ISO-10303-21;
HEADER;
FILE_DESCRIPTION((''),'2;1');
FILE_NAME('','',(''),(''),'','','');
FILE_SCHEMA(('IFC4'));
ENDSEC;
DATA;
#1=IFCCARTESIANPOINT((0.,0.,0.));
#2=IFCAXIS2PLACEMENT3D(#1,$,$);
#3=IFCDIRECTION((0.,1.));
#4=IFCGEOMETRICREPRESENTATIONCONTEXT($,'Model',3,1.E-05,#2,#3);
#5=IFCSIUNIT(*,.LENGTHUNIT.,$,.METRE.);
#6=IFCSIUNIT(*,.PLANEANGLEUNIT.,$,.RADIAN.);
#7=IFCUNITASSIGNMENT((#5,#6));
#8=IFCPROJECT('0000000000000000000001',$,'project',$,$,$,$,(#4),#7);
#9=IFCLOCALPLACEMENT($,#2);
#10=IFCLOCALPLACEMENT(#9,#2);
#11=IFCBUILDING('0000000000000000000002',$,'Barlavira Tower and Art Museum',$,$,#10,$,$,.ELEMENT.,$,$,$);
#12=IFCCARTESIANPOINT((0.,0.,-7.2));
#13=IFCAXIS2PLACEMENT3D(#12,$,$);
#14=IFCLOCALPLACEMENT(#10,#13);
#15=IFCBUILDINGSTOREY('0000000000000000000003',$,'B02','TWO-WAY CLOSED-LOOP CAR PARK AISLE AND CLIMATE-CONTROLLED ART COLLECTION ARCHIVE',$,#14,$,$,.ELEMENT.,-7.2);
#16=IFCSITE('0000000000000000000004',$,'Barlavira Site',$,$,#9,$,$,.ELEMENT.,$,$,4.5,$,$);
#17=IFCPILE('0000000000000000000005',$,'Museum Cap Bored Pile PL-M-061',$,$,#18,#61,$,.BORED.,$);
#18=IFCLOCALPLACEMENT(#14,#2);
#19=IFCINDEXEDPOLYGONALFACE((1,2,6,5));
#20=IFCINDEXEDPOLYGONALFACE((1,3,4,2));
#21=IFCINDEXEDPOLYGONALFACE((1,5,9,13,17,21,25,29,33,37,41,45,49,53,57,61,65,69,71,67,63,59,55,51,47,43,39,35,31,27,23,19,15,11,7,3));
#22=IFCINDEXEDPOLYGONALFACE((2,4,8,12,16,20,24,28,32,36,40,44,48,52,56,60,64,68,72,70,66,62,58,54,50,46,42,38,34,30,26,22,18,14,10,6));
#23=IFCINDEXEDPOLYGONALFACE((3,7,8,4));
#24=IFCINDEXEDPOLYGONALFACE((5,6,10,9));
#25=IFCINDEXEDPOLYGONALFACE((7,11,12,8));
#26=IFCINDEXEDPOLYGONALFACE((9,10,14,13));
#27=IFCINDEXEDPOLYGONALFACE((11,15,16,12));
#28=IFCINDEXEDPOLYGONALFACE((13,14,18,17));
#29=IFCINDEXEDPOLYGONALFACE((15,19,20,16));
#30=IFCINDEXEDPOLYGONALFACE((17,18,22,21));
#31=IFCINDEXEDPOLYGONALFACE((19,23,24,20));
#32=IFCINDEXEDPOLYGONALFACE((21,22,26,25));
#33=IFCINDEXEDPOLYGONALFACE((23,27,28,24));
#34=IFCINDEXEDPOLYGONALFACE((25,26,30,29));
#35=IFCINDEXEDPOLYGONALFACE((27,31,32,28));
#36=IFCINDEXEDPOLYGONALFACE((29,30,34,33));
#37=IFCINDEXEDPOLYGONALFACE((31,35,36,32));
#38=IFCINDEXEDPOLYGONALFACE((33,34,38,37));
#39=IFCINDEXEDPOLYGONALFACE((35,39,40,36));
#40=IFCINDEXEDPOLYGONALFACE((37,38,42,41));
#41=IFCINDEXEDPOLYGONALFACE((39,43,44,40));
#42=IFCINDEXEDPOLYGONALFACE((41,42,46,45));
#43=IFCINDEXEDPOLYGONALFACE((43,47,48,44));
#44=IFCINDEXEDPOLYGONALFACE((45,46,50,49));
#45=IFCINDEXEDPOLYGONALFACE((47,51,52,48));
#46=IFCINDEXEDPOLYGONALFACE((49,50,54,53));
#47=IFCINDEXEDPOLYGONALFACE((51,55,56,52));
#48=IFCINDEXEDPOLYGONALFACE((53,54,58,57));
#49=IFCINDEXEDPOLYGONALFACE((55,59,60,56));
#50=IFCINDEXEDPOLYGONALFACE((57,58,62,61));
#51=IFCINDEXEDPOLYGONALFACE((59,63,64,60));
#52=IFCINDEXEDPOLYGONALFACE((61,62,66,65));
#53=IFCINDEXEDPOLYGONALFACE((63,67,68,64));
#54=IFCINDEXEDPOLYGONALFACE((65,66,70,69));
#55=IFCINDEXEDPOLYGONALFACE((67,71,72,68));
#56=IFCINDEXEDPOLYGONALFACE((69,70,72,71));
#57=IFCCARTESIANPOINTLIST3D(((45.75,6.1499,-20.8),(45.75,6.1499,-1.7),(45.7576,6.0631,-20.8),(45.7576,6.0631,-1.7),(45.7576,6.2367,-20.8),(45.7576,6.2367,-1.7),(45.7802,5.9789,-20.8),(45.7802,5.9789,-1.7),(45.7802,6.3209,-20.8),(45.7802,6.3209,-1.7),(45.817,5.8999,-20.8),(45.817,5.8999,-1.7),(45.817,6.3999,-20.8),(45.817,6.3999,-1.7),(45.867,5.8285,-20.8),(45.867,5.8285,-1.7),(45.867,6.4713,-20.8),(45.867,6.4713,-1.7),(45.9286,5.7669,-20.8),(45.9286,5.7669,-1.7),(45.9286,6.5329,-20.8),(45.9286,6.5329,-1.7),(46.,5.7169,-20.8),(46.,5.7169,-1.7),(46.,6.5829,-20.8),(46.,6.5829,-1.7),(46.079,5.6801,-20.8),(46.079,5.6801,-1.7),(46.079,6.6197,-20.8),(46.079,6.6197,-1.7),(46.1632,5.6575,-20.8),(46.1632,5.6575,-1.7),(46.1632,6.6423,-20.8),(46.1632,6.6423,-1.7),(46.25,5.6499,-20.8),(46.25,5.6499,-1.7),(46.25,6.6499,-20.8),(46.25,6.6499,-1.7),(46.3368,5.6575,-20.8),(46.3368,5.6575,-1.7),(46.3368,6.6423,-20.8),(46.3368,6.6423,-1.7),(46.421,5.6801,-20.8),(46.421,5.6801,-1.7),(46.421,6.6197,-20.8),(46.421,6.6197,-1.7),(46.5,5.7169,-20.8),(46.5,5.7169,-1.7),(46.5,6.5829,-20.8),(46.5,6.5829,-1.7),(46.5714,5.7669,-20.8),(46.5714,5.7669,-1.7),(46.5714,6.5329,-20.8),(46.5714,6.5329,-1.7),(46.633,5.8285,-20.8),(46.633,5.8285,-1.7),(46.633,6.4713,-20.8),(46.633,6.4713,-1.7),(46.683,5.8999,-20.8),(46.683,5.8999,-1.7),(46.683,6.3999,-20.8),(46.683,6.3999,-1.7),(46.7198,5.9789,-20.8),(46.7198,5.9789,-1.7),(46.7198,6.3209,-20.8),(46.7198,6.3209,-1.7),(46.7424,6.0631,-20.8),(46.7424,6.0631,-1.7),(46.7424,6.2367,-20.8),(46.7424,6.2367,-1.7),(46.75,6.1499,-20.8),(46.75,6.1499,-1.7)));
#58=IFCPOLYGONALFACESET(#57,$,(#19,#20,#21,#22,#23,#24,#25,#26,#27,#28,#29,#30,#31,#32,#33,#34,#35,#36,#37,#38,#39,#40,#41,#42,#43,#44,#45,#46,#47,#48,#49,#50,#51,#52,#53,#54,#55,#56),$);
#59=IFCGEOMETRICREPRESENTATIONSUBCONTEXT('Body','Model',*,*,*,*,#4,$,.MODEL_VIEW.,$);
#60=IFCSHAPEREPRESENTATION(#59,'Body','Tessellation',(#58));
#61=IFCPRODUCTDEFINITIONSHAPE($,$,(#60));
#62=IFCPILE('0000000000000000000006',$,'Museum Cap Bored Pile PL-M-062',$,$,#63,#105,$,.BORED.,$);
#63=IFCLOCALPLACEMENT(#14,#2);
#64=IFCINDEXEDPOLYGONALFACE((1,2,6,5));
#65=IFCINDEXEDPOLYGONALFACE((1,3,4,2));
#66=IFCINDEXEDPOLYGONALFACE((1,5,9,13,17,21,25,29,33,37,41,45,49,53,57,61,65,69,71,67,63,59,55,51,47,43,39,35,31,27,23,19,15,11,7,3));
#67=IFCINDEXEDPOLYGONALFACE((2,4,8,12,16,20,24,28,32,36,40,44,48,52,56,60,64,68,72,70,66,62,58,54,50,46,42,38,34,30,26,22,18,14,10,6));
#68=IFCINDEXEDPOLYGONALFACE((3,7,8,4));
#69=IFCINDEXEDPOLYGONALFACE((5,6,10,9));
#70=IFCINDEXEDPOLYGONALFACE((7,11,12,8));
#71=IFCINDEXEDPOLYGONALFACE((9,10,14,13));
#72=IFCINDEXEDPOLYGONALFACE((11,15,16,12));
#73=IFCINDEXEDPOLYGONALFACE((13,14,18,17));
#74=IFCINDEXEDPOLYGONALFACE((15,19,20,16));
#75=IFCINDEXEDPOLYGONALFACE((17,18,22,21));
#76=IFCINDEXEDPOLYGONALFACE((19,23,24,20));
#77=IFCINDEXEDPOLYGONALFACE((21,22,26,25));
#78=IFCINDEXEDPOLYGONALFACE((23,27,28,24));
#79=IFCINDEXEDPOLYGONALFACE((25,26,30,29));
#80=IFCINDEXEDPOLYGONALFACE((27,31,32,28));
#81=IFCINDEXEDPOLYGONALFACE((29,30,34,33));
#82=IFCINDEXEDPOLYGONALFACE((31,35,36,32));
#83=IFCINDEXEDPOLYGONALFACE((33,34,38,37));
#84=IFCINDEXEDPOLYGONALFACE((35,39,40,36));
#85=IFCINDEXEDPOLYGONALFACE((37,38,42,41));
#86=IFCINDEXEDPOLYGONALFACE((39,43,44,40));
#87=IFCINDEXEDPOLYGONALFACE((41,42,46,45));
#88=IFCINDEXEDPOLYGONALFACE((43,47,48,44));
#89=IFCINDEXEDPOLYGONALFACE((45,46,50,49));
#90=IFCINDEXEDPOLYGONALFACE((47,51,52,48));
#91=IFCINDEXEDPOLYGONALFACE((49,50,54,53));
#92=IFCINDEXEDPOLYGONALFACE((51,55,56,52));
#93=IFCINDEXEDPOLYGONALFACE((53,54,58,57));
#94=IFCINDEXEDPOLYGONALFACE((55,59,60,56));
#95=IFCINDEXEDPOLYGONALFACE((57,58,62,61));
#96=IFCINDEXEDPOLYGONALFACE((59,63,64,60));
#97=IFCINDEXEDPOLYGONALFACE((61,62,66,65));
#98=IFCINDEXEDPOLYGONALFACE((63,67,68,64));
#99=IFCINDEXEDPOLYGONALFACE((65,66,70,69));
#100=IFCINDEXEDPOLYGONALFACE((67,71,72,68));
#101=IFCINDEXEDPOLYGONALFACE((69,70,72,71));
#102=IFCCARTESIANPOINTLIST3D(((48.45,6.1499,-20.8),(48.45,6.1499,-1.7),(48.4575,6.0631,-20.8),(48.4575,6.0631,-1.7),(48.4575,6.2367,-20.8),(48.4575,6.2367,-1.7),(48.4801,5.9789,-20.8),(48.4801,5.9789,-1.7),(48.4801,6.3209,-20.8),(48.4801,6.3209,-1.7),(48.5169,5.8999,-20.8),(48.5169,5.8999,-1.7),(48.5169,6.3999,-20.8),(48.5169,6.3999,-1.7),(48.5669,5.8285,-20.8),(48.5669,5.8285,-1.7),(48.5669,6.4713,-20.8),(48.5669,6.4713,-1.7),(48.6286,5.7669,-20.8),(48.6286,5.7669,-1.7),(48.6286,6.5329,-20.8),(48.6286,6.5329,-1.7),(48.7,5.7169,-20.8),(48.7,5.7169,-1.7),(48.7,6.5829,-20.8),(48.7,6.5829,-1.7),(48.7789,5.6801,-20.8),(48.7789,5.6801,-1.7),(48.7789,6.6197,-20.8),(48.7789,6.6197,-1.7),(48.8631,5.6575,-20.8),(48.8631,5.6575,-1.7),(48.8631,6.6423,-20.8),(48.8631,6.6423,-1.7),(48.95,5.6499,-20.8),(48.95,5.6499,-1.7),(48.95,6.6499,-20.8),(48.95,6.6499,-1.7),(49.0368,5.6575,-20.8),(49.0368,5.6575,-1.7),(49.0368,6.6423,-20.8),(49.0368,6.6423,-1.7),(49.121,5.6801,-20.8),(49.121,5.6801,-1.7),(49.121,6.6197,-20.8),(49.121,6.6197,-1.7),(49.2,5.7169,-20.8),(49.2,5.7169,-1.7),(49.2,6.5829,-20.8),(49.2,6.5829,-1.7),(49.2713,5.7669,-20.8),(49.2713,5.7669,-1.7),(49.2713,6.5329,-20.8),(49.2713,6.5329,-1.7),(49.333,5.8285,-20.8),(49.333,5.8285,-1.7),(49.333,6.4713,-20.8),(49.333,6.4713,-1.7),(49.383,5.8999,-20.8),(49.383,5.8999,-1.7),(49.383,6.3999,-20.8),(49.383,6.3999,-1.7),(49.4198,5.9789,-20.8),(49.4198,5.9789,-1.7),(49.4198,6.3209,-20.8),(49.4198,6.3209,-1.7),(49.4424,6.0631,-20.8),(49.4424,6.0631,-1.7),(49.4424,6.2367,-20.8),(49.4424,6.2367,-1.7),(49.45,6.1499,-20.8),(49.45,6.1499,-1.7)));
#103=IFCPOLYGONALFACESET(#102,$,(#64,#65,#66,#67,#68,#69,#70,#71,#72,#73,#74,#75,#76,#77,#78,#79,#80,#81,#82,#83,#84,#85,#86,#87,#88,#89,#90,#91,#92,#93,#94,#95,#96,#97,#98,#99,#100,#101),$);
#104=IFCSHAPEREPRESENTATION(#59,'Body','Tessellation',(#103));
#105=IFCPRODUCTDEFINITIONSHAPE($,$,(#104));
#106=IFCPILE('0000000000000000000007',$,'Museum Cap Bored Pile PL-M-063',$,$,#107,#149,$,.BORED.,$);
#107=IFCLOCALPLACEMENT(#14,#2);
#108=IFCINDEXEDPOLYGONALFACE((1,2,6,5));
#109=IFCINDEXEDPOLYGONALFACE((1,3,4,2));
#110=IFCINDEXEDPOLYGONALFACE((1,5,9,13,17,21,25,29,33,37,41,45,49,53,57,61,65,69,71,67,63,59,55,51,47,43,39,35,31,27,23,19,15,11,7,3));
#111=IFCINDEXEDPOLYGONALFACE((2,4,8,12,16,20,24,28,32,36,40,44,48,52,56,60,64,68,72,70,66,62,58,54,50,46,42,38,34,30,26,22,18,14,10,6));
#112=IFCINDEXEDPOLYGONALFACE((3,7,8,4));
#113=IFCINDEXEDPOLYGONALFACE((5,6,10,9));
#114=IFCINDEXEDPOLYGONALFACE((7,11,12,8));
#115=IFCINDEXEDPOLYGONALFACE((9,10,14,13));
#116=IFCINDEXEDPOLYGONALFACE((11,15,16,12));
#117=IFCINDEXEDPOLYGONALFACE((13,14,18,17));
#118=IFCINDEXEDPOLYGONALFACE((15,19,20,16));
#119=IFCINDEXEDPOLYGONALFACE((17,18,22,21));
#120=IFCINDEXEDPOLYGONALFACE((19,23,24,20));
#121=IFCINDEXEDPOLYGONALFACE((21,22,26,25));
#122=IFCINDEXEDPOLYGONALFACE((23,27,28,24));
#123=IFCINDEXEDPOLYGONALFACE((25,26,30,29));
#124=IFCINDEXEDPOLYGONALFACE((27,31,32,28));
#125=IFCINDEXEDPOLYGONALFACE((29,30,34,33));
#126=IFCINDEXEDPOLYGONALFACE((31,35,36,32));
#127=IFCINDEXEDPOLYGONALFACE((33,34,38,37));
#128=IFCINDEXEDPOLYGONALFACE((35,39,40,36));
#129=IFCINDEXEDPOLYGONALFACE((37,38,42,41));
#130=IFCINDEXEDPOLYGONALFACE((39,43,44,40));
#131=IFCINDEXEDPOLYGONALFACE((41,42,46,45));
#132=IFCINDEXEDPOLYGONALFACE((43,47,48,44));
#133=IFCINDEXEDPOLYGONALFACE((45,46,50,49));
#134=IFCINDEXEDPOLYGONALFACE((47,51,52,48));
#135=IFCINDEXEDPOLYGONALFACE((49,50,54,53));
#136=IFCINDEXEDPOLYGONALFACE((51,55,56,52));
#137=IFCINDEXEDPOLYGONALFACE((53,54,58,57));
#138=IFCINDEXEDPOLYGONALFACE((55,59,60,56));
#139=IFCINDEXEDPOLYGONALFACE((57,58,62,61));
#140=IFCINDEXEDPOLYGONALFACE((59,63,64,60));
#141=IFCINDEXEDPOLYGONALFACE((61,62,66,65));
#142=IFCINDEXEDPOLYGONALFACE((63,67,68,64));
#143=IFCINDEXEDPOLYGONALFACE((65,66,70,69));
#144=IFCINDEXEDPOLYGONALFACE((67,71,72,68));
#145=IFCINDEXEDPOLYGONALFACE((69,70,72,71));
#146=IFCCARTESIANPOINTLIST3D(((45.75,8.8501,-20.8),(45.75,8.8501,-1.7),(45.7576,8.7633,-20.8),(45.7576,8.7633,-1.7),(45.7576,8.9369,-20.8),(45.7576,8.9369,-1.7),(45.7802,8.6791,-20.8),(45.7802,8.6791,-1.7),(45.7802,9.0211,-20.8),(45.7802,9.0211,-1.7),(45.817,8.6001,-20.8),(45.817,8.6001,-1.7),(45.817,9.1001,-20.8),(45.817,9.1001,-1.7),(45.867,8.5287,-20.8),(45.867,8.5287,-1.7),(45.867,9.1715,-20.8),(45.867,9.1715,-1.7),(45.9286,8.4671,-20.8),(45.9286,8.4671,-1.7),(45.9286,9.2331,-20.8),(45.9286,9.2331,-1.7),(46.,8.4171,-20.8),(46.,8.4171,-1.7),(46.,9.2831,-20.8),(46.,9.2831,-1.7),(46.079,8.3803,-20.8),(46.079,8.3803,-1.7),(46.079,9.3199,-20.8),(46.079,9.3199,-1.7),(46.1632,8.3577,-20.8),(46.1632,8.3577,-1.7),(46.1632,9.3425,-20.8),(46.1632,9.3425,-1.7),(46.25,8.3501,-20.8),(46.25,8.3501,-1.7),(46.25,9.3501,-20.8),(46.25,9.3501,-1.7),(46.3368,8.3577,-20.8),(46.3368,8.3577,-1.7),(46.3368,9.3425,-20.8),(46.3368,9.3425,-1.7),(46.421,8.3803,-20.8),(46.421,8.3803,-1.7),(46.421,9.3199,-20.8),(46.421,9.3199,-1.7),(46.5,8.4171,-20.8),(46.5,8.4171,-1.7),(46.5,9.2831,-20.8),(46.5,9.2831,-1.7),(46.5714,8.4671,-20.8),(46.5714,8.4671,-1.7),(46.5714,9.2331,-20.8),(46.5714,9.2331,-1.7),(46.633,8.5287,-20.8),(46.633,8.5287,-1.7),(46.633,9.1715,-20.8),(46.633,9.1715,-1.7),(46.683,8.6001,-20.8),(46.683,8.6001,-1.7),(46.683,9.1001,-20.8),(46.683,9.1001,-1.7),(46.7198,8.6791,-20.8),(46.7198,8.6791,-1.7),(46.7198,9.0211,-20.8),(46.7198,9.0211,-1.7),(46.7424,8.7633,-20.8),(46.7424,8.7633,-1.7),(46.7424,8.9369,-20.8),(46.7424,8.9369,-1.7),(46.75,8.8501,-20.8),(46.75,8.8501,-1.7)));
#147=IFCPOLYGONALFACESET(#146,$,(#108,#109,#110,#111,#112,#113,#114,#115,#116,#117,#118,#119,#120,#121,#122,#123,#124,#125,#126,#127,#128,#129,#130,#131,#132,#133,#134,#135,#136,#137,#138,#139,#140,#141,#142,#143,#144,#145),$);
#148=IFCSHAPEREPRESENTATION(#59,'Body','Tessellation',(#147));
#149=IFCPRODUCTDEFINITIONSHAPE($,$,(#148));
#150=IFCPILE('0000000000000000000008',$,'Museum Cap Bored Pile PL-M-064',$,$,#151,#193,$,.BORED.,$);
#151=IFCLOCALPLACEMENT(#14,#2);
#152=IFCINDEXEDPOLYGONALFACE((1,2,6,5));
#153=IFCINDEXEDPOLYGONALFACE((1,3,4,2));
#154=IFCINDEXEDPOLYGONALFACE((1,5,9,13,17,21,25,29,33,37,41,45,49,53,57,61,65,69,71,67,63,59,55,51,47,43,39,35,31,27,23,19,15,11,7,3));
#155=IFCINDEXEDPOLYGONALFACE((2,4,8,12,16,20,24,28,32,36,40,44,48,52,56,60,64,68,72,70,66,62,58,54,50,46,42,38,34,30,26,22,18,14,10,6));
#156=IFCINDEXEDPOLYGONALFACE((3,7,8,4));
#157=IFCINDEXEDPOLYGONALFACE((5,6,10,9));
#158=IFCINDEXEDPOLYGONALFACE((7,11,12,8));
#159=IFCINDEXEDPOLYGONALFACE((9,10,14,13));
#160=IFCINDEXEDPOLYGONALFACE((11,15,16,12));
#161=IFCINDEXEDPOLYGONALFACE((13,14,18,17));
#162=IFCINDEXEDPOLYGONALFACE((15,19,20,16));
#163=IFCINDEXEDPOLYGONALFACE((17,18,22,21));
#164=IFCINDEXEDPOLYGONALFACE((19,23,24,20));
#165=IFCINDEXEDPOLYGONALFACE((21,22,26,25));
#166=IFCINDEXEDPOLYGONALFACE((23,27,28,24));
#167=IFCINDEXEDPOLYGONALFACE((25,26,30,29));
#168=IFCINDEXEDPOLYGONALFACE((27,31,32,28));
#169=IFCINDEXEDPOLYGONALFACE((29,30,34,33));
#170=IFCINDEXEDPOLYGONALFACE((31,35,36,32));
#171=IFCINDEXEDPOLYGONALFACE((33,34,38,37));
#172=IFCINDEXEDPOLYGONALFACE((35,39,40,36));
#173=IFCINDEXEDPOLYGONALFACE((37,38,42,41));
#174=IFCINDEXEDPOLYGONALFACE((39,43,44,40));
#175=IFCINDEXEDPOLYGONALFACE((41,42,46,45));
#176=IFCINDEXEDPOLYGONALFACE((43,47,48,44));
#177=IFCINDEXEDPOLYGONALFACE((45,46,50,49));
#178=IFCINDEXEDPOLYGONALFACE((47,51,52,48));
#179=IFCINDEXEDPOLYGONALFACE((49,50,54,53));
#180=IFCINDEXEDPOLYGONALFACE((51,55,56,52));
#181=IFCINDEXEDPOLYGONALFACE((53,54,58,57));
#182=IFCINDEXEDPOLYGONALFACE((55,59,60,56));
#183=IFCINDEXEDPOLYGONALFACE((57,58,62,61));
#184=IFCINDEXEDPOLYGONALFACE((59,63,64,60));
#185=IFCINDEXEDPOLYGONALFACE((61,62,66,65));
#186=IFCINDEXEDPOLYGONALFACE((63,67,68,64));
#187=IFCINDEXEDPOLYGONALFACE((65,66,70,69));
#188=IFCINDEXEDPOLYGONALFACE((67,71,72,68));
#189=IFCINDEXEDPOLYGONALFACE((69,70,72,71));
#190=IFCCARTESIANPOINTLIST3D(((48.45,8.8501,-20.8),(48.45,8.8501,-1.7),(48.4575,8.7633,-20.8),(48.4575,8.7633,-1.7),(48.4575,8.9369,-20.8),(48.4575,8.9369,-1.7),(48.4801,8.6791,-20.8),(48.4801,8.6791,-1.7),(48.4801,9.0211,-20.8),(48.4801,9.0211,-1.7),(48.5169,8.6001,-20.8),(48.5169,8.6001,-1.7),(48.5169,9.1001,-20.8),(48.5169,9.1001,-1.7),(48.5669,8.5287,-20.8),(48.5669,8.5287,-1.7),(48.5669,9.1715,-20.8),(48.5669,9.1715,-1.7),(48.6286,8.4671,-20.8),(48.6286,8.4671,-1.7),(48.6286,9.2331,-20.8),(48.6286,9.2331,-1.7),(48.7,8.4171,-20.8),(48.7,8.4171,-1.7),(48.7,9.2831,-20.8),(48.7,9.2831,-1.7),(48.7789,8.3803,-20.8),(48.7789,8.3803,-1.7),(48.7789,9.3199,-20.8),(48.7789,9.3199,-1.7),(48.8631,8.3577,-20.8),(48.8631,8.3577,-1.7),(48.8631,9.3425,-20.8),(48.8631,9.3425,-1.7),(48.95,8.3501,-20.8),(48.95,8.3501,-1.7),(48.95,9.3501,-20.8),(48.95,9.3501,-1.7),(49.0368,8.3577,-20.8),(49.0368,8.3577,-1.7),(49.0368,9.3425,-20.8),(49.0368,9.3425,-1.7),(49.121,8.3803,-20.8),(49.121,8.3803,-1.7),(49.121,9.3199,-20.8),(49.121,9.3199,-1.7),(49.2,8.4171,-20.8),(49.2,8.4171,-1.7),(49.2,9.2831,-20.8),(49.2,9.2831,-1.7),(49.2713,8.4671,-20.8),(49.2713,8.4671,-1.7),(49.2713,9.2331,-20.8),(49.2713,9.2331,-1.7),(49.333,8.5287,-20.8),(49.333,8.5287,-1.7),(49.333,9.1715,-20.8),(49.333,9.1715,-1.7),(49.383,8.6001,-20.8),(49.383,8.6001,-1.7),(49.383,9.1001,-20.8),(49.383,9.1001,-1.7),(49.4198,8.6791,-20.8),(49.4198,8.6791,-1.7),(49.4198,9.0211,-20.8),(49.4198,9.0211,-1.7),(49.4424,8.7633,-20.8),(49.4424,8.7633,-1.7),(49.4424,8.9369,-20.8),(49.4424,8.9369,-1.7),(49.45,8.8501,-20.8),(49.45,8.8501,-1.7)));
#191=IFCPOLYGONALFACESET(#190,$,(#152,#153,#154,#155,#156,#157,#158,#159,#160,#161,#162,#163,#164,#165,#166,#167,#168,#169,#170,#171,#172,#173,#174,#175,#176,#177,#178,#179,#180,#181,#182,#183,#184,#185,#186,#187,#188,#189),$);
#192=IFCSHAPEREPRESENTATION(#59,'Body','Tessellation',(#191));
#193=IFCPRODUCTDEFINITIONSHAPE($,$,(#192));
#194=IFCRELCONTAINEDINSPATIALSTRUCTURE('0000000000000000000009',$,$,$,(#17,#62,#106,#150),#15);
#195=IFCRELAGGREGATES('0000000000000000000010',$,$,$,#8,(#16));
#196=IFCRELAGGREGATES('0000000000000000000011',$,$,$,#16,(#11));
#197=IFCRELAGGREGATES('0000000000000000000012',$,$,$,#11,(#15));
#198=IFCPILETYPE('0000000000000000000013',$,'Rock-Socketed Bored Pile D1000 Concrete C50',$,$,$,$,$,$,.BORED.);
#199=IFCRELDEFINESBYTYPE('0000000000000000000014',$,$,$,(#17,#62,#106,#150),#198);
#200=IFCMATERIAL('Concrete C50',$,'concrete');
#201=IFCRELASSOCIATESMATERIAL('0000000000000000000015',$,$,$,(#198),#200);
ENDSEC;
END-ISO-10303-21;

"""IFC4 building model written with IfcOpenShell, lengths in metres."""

from ifc_helpers import new_model, si_unit, direction, frame, origin, origin_2d, place, context, subcontext, project, spatial, circle, extrude, material, material_profile, profile_set, type_object, element, save


model = new_model("IFC4")

# Units and contexts
model_context = context("Model", 3, precision=1e-05, world=origin(), true_north=direction((0.0, 1.0)))
body_context = subcontext(model_context, "Body", "Model", "MODEL_VIEW")
ifc_project = project(units=[si_unit("LENGTHUNIT", "METRE"), si_unit("PLANEANGLEUNIT", "RADIAN")], contexts=[model_context])

# Site, building, storey
site_placement = place(None, origin())
site = spatial("IfcSite", under=ifc_project, at=site_placement, Name="Barlavira Site", CompositionType="ELEMENT", RefElevation=4.5)
building_placement = place(site_placement, origin())
building = spatial("IfcBuilding", under=site, at=building_placement, Name="Barlavira Tower and Art Museum", CompositionType="ELEMENT")
storey_placement = place(building_placement, frame((0.0, 0.0, -7.2)))
storey = spatial("IfcBuildingStorey", under=building, at=storey_placement, Name="B02", Description="TWO-WAY CLOSED-LOOP CAR PARK AISLE AND CLIMATE-CONTROLLED ART COLLECTION ARCHIVE", CompositionType="ELEMENT", Elevation=-7.2)

# Shared definitions
ifc_material = material(Name="Concrete C50", Category="concrete")

# Piles
ifc_material_profile_1 = material_profile(ifc_material, circle(Radius=0.5, at=origin_2d()), Name="BORED PILE D1000")
ifc_profile_set_1 = profile_set([ifc_material_profile_1], Name="Concrete C50")
pile_type = type_object("IfcPileType", Name="Rock-Socketed Bored Pile D1000 Concrete C50", PredefinedType="BORED", material=ifc_profile_set_1)
for number, where, z_axis, x_axis, name in (
    (1, (46.25, 6.1499, -1.7), (0.0, 0.0, -1.0), (1.0, 0.0, 0.0), "Museum Cap Bored Pile PL-M-061"),
    (2, (48.95, 6.1499, -1.7), (0.0, 0.0, -1.0), (1.0, 0.0, 0.0), "Museum Cap Bored Pile PL-M-062"),
    (3, (46.25, 8.8501, -1.7), (0.0, 0.0, -1.0), (1.0, 0.0, 0.0), "Museum Cap Bored Pile PL-M-063"),
    (4, (48.95, 8.8501, -1.7), (0.0, 0.0, -1.0), (1.0, 0.0, 0.0), "Museum Cap Bored Pile PL-M-064"),
):
    element("IfcPile", number, at=place(storey_placement, frame(where, z_axis=z_axis, x_axis=x_axis)), inside=storey, type_object=pile_type, Name=name, PredefinedType="BORED", context=body_context, shape_type="SweptSolid", body=[
        extrude(circle(Radius=0.5, at=origin_2d()), origin(), (0.0, 0.0, 1.0), 19.1001),
    ])

save(model, "model.ifc")
